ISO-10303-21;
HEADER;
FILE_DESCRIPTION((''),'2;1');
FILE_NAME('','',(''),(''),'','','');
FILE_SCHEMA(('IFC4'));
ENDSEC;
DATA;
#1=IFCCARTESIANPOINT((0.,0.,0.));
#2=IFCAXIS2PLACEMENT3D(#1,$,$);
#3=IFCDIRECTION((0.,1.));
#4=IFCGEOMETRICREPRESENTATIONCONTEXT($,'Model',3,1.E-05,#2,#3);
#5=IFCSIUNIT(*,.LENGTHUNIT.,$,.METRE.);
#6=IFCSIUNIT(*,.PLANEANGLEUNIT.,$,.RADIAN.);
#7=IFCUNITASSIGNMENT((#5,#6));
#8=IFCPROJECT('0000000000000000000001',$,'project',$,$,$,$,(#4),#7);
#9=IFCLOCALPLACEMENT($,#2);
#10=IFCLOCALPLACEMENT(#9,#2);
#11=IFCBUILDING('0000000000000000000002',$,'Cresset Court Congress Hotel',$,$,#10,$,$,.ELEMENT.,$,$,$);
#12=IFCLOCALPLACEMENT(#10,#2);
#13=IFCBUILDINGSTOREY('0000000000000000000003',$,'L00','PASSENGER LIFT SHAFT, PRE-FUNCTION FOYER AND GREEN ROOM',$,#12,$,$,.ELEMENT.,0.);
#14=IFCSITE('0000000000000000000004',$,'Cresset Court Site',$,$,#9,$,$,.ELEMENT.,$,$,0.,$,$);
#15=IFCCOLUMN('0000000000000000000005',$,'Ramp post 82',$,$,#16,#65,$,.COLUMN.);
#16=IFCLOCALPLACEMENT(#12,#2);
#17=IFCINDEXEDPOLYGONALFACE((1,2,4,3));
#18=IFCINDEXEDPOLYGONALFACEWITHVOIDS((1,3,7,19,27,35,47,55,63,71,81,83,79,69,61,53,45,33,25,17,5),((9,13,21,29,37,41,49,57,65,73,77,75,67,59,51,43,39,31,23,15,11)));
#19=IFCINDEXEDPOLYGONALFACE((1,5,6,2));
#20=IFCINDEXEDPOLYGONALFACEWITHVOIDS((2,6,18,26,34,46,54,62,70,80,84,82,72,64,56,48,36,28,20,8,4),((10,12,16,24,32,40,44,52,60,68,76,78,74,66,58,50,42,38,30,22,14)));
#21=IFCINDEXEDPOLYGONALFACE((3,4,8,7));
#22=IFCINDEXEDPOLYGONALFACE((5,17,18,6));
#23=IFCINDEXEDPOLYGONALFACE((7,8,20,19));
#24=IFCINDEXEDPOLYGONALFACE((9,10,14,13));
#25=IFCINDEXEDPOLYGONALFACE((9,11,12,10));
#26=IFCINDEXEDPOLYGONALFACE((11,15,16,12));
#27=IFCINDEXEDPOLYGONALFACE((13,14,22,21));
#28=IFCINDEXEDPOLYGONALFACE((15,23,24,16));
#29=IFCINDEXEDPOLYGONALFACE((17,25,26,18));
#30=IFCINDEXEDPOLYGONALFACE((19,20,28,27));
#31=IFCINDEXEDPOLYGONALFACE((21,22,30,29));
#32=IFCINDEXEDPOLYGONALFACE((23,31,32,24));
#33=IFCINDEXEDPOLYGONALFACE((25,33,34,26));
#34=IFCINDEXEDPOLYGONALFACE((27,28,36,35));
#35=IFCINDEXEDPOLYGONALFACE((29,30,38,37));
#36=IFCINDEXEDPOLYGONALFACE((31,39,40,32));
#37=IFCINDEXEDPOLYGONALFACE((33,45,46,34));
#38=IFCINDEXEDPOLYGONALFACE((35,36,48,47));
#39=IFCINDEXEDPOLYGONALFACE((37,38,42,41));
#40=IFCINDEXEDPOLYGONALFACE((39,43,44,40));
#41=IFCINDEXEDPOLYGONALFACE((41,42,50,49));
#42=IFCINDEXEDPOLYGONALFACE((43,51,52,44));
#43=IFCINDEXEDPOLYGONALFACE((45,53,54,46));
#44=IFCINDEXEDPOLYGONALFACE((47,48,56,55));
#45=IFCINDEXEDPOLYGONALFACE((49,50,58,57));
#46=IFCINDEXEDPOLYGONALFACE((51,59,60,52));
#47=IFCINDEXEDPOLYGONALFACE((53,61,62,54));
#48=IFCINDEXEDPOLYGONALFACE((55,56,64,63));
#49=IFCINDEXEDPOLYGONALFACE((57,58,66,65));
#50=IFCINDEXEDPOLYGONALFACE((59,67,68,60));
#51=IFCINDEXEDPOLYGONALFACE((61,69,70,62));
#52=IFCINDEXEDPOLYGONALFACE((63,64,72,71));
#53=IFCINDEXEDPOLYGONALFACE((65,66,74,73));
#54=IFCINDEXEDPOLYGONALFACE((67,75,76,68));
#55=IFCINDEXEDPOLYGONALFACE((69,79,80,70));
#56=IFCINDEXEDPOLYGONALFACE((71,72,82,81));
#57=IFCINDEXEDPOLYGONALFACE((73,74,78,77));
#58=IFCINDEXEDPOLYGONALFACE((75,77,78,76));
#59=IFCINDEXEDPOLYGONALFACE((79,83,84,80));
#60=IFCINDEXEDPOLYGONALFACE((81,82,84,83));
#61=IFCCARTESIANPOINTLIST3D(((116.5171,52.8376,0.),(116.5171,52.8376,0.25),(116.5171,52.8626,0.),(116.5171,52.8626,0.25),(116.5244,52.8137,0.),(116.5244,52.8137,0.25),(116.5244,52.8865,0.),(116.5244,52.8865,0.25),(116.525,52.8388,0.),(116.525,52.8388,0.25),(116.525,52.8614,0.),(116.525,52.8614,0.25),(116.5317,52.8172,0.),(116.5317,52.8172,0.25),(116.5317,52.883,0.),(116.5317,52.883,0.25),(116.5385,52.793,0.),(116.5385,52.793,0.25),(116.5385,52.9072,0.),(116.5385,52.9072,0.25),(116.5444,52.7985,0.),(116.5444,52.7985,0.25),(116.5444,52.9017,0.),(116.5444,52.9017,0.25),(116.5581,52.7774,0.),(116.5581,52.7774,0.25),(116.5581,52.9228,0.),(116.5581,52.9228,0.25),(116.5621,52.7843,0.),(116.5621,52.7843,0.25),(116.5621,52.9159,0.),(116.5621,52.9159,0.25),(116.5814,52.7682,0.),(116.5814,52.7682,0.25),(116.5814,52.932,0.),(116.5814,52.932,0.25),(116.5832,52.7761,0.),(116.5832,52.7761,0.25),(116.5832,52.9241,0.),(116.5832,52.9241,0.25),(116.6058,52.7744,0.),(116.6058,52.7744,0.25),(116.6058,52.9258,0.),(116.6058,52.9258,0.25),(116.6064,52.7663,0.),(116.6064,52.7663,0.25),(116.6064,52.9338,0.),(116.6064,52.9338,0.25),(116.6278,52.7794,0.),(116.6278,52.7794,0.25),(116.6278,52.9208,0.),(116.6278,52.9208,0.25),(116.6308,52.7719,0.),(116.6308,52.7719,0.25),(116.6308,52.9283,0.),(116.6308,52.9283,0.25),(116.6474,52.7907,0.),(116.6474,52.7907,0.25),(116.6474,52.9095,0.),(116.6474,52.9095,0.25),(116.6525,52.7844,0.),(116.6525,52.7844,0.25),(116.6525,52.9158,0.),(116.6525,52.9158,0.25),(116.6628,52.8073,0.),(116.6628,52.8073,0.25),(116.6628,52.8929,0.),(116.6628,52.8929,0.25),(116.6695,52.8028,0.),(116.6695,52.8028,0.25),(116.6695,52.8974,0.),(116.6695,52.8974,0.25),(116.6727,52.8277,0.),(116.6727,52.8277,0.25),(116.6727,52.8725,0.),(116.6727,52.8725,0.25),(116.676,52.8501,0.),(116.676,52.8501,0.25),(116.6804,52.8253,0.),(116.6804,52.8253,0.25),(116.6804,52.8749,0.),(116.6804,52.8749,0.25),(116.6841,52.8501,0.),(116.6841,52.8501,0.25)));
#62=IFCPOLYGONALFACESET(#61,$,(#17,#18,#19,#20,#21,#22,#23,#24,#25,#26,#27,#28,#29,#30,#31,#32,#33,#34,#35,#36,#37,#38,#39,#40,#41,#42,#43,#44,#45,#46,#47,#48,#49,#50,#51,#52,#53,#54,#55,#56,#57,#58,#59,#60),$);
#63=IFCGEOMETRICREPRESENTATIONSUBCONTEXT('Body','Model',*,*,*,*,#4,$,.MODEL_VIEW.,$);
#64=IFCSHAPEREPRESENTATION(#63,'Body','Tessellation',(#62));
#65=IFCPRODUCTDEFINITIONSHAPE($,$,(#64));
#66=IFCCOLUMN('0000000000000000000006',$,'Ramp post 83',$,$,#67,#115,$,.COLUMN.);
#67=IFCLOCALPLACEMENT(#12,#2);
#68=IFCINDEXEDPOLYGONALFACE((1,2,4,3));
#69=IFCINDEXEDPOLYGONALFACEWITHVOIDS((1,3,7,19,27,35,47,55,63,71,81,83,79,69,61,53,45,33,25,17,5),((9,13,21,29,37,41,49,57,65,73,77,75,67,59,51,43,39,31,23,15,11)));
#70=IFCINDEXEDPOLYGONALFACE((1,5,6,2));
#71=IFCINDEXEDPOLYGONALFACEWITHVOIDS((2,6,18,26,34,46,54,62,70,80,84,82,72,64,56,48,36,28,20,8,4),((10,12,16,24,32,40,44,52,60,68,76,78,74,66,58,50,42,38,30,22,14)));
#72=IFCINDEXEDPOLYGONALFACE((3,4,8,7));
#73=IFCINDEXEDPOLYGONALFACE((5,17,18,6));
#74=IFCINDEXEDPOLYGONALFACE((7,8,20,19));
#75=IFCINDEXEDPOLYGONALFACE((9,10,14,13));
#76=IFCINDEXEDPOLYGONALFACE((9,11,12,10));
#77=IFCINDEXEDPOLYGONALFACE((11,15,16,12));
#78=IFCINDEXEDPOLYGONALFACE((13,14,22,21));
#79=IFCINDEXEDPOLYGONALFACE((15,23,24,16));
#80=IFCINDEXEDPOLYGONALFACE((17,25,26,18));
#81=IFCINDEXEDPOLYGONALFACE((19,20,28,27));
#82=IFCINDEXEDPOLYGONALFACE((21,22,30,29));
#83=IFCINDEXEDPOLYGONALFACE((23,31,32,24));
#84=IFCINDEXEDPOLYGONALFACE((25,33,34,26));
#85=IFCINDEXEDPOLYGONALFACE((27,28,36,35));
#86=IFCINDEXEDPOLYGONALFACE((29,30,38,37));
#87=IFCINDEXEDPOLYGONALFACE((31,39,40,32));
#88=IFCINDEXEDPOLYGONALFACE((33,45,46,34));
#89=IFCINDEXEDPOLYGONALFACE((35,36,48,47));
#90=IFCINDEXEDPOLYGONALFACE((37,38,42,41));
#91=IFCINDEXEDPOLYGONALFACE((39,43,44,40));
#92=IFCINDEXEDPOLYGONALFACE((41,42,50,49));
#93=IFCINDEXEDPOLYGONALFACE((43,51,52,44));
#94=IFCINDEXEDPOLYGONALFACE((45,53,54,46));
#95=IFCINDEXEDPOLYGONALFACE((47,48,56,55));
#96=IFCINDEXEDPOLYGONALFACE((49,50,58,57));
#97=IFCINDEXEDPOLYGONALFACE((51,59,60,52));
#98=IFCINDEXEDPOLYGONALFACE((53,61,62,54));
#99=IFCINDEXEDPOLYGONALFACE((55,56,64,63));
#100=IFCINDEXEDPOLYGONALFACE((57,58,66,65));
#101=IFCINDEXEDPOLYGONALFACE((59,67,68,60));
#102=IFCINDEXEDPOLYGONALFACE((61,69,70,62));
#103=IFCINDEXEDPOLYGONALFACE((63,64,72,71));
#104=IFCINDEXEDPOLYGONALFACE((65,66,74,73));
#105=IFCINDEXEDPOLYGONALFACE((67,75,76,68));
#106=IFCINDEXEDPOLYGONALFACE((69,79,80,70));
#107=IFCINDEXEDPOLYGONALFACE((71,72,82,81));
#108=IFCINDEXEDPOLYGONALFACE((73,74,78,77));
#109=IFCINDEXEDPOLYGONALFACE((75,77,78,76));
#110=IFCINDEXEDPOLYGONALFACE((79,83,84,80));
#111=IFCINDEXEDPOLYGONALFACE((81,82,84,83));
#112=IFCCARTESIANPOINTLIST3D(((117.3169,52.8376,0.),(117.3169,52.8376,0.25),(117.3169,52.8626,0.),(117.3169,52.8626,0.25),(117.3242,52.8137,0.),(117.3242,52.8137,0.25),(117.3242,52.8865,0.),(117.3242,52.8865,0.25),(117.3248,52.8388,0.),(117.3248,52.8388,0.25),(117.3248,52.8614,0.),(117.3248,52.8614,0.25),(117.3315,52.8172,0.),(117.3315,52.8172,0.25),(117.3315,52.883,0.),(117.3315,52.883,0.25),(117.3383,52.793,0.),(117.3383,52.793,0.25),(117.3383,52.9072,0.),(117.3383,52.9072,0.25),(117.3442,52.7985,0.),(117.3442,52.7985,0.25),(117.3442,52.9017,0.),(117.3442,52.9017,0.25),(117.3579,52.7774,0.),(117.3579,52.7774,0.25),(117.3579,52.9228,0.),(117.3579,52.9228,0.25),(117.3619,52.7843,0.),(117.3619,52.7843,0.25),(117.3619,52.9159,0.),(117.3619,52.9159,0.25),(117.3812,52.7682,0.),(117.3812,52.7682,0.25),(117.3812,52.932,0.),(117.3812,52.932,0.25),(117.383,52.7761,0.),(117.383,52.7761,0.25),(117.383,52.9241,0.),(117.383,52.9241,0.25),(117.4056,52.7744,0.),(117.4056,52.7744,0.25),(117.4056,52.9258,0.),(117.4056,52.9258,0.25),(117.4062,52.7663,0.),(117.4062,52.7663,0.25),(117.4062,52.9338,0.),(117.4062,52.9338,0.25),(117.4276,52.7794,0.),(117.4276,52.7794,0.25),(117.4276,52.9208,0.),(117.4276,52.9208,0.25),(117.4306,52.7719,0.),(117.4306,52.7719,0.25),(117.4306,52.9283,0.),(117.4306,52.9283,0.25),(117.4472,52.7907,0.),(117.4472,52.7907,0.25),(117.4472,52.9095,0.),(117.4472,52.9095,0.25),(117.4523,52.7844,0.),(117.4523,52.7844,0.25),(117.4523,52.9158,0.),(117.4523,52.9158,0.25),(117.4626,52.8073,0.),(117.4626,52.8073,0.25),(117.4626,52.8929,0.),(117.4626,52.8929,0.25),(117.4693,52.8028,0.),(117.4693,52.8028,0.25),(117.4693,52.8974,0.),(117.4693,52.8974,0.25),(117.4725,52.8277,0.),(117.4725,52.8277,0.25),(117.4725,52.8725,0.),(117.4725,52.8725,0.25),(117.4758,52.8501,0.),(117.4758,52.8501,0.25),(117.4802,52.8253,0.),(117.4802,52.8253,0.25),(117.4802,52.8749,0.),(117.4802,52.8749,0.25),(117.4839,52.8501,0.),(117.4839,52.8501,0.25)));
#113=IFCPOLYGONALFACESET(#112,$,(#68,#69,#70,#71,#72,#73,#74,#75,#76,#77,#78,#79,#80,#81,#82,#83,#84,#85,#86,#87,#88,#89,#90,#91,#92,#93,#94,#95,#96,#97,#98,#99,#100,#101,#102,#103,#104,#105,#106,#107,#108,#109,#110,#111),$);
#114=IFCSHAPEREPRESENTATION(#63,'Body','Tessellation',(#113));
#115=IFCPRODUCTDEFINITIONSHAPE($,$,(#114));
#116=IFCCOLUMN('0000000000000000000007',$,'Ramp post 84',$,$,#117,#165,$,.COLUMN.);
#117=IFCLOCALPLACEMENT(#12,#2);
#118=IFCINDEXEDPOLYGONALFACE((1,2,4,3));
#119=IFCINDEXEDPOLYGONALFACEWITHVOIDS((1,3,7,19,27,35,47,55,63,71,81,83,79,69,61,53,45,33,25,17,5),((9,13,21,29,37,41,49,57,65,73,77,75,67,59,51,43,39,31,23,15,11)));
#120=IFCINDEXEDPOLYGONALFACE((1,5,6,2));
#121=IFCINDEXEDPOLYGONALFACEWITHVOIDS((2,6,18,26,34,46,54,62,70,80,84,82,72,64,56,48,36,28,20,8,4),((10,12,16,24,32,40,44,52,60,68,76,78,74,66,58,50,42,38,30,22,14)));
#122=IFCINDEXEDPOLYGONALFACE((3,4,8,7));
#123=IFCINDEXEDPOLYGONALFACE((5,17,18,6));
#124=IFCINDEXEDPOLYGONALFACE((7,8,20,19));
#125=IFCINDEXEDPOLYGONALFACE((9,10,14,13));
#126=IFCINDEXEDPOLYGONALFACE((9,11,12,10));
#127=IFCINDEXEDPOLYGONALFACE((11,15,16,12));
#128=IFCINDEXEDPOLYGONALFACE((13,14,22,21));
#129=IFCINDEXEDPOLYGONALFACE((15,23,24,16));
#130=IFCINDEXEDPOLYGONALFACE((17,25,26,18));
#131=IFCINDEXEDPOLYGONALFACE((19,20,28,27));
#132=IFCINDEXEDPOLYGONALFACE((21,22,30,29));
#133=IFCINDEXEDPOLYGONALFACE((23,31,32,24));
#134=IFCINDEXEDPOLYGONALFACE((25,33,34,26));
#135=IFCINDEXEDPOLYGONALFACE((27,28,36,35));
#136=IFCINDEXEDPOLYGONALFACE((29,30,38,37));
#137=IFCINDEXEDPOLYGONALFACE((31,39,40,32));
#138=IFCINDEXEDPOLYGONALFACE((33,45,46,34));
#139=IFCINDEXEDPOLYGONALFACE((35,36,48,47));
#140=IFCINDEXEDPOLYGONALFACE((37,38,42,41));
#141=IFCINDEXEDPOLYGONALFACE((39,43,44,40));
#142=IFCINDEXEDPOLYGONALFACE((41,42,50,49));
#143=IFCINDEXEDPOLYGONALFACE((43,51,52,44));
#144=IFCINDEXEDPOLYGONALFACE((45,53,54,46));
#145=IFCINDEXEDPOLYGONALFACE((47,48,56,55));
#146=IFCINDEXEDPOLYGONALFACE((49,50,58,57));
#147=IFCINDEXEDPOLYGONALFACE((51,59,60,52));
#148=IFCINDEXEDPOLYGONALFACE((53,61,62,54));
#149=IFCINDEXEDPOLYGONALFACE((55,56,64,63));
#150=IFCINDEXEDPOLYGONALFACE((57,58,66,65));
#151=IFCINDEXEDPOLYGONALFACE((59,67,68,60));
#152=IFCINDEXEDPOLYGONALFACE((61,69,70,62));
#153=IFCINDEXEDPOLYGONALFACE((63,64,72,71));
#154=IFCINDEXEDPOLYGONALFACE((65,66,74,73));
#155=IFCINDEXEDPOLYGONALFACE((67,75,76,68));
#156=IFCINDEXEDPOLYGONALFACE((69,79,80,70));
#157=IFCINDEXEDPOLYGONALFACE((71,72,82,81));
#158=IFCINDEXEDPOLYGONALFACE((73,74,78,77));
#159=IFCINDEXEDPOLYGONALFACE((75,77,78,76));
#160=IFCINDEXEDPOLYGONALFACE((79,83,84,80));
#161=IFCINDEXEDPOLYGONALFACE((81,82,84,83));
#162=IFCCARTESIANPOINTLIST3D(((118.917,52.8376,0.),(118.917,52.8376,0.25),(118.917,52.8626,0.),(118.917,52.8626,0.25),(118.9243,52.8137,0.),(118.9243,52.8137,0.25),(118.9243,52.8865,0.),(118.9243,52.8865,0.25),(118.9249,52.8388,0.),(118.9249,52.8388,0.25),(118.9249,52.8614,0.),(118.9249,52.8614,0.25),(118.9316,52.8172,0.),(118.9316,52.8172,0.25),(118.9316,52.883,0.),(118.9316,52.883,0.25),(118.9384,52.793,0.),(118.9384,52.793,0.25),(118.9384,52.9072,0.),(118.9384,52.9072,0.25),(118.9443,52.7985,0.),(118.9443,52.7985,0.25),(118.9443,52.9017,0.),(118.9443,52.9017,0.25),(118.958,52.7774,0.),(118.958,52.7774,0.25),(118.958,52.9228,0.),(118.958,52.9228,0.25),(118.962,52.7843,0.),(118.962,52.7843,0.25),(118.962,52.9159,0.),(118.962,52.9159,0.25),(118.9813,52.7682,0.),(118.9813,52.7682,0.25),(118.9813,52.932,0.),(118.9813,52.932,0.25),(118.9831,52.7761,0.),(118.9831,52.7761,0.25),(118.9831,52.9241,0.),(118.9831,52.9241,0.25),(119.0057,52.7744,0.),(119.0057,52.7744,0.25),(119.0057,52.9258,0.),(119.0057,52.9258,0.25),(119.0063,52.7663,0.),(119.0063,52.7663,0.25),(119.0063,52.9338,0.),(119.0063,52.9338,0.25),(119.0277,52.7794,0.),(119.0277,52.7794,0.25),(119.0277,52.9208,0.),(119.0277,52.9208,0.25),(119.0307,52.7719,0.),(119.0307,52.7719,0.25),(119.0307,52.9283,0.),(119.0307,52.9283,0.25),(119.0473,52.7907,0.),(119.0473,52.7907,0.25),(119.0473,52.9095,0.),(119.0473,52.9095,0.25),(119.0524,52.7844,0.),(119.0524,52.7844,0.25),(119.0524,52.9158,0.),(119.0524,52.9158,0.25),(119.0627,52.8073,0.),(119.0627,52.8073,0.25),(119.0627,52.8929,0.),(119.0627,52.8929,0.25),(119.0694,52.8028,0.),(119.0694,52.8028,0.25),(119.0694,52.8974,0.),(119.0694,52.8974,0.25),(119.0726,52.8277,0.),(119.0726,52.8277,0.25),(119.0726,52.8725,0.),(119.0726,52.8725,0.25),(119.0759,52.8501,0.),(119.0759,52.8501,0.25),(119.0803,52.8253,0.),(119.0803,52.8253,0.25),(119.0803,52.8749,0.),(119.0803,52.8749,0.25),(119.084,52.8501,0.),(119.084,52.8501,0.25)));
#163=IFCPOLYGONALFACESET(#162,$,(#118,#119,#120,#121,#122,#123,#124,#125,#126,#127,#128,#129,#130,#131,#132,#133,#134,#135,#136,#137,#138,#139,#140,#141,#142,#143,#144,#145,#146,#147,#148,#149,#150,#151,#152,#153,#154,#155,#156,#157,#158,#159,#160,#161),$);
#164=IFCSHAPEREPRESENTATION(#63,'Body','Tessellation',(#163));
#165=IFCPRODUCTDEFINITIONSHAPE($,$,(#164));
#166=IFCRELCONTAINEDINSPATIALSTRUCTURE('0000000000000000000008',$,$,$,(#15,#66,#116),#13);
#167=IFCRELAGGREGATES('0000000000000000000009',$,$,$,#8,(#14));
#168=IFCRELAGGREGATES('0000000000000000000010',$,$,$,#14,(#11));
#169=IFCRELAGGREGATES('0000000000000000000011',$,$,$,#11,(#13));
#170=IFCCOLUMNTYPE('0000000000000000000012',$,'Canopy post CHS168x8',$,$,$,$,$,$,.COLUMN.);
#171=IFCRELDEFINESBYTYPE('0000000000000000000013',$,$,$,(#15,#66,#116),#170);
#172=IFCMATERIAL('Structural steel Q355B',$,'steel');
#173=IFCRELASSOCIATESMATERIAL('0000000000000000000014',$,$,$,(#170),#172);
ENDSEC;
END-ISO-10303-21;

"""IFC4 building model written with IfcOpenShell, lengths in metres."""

from ifc_helpers import new_model, si_unit, direction, frame, origin, origin_2d, place, context, subcontext, project, spatial, hollow_circle, extrude, material, material_profile, profile_set, type_object, element, save


model = new_model("IFC4")

# Units and contexts
model_context = context("Model", 3, precision=1e-05, world=origin(), true_north=direction((0.0, 1.0)))
body_context = subcontext(model_context, "Body", "Model", "MODEL_VIEW")
ifc_project = project(units=[si_unit("LENGTHUNIT", "METRE"), si_unit("PLANEANGLEUNIT", "RADIAN")], contexts=[model_context])

# Site, building, storey
site_placement = place(None, origin())
site = spatial("IfcSite", under=ifc_project, at=site_placement, Name="Cresset Court Site", CompositionType="ELEMENT", RefElevation=0.0)
building_placement = place(site_placement, origin())
building = spatial("IfcBuilding", under=site, at=building_placement, Name="Cresset Court Congress Hotel", CompositionType="ELEMENT")
storey_placement = place(building_placement, origin())
storey = spatial("IfcBuildingStorey", under=building, at=storey_placement, Name="L00", Description="PASSENGER LIFT SHAFT, PRE-FUNCTION FOYER AND GREEN ROOM", CompositionType="ELEMENT", Elevation=0.0)

# Columns
ifc_material_1 = material(Name="Structural steel Q355B", Category="steel")
ifc_material_profile_1 = material_profile(ifc_material_1, hollow_circle(Radius=0.084, WallThickness=0.0081, at=origin_2d()), Name="CHS168x8")
ifc_profile_set_1 = profile_set([ifc_material_profile_1], Name="Structural steel Q355B")
column_type_1 = type_object("IfcColumnType", Name="Canopy post CHS168x8", PredefinedType="COLUMN", material=ifc_profile_set_1)
for number, where, z_axis, x_axis, name in (
    (1, (116.6001, 52.8501, 0.0), (0.0, 0.0, 1.0), (1.0, 0.0, 0.0), "Ramp post 82"),
    (2, (117.3999, 52.8501, 0.0), (0.0, 0.0, 1.0), (1.0, 0.0, 0.0), "Ramp post 83"),
    (3, (119.0, 52.8501, 0.0), (0.0, 0.0, 1.0), (1.0, 0.0, 0.0), "Ramp post 84"),
):
    element("IfcColumn", number, at=place(storey_placement, frame(where, z_axis=z_axis, x_axis=x_axis)), inside=storey, type_object=column_type_1, Name=name, PredefinedType="COLUMN", context=body_context, shape_type="SweptSolid", body=[
        extrude(hollow_circle(Radius=0.084, WallThickness=0.0081, at=origin_2d()), origin(), (0.0, 0.0, 1.0), 0.25),
    ])

save(model, "model.ifc")
